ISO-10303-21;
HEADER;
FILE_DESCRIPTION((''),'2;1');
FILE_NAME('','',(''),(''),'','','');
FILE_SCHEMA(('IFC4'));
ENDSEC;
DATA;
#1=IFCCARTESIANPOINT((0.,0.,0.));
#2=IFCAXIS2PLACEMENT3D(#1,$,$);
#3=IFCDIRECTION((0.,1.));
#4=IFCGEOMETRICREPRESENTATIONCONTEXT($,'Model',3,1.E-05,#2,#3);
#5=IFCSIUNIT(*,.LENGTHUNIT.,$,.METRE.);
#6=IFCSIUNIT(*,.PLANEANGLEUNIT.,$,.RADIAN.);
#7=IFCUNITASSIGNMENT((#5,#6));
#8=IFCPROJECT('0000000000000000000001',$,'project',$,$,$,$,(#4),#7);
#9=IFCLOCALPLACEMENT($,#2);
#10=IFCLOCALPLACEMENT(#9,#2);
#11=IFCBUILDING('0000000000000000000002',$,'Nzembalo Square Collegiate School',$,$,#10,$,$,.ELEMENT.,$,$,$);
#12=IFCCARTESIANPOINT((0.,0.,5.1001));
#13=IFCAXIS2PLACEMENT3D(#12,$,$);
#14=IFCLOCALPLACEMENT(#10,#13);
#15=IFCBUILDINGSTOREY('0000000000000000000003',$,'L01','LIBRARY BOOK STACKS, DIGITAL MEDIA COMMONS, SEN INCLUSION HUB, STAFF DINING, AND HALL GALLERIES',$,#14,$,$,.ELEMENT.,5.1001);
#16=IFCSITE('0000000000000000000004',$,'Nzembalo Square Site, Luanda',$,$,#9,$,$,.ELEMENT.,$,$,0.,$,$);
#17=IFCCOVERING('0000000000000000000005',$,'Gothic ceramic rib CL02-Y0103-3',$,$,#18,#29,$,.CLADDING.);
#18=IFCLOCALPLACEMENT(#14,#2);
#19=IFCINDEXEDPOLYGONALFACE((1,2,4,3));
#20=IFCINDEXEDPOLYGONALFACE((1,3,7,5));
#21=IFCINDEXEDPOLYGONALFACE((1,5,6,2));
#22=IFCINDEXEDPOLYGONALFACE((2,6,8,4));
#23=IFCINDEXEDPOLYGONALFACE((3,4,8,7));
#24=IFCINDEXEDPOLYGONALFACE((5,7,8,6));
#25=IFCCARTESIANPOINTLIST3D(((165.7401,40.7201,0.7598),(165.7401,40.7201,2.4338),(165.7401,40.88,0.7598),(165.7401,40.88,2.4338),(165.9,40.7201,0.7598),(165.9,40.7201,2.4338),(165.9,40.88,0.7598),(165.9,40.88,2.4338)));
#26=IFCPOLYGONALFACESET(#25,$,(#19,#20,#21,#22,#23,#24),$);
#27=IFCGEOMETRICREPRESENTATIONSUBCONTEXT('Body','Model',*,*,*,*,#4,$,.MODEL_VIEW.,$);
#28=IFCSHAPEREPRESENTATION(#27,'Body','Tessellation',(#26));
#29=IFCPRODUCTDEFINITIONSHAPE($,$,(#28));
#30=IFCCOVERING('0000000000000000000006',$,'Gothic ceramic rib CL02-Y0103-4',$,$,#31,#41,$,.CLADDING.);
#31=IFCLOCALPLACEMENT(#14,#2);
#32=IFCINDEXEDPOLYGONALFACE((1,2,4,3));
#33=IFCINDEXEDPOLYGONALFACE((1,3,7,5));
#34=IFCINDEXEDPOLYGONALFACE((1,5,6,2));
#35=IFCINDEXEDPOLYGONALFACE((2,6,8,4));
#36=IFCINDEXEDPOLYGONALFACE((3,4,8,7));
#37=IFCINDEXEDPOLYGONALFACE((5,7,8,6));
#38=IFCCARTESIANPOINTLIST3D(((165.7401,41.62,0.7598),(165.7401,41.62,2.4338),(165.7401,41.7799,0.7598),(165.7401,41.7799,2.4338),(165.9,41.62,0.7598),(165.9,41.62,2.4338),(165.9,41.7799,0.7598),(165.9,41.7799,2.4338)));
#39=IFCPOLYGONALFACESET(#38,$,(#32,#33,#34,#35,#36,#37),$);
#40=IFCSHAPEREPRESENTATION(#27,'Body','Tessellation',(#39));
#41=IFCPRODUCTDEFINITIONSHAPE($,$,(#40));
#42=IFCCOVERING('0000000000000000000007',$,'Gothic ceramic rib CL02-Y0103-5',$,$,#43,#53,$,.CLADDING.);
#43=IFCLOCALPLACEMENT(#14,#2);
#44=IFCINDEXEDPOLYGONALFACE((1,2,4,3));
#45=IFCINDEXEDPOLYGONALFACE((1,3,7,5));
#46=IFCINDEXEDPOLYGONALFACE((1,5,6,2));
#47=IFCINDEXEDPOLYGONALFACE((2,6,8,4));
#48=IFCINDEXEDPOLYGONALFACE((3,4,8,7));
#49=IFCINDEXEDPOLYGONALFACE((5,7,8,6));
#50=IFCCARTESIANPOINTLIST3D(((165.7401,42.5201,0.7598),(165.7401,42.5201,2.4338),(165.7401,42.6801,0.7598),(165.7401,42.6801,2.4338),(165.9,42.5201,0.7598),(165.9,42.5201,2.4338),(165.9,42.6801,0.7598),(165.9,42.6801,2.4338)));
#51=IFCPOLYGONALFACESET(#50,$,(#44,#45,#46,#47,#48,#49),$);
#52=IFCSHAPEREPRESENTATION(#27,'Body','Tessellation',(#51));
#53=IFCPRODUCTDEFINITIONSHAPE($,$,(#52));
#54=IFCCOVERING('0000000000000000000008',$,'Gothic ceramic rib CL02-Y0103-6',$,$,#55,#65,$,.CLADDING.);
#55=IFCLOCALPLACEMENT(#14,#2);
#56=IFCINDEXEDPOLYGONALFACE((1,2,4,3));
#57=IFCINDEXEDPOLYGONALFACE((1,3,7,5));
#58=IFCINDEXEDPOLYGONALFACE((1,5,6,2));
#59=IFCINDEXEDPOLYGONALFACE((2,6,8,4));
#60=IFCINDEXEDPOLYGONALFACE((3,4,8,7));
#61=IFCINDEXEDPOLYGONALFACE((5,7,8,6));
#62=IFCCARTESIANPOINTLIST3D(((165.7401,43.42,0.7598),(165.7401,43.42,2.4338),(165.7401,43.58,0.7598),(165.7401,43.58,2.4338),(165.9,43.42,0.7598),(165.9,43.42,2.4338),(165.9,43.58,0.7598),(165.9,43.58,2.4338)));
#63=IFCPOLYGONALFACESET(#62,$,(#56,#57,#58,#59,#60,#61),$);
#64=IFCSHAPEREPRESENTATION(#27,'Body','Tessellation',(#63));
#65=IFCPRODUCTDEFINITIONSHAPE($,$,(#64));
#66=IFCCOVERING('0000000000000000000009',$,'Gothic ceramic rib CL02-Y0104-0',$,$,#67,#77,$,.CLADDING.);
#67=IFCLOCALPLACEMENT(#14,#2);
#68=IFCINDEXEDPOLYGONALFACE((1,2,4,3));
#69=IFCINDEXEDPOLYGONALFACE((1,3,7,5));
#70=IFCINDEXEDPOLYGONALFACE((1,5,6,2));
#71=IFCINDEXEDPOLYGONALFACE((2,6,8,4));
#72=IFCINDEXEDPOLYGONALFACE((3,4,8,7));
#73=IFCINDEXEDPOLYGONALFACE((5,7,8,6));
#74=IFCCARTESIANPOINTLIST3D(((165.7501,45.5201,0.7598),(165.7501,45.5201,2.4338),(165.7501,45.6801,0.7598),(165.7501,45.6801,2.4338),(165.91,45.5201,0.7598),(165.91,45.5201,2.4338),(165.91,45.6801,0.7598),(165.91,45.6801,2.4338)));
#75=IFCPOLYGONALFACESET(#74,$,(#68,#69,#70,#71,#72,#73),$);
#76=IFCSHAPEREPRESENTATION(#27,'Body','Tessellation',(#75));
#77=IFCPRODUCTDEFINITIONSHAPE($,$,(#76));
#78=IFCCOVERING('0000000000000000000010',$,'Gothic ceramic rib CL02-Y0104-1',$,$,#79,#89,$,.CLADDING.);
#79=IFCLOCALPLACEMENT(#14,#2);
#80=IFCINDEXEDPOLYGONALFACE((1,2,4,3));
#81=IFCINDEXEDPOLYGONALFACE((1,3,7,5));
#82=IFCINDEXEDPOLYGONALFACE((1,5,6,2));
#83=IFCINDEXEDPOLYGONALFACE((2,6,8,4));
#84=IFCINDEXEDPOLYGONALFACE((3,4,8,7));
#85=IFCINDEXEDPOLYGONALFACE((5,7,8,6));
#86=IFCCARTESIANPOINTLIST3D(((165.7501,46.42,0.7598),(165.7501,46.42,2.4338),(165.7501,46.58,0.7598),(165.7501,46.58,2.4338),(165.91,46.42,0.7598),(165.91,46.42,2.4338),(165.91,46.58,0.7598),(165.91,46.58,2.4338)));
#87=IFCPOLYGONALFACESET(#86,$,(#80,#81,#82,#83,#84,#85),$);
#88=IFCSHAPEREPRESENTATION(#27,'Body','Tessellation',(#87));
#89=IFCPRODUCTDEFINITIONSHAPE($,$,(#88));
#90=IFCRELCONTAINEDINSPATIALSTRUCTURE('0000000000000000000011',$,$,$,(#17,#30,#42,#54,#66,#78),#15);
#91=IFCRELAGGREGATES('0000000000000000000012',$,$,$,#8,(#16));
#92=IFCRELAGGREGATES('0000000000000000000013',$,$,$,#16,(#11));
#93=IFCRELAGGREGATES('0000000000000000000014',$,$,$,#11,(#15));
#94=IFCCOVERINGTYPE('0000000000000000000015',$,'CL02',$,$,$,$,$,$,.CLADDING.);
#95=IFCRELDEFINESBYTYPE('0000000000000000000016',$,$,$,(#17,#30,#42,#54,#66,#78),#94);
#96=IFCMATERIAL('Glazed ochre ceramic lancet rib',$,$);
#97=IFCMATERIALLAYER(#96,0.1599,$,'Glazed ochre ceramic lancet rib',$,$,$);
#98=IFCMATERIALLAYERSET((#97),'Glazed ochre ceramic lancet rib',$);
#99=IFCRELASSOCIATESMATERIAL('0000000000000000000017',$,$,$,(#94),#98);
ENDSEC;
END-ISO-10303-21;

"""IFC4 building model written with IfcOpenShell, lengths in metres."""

from ifc_helpers import new_model, si_unit, direction, frame, origin, origin_2d, place, context, subcontext, project, spatial, rectangle, extrude, material, layer, layer_set, type_object, element, save


model = new_model("IFC4")

# Units and contexts
model_context = context("Model", 3, precision=1e-05, world=origin(), true_north=direction((0.0, 1.0)))
body_context = subcontext(model_context, "Body", "Model", "MODEL_VIEW")
ifc_project = project(units=[si_unit("LENGTHUNIT", "METRE"), si_unit("PLANEANGLEUNIT", "RADIAN")], contexts=[model_context])

# Site, building, storey
site_placement = place(None, origin())
site = spatial("IfcSite", under=ifc_project, at=site_placement, Name="Nzembalo Square Site, Luanda", CompositionType="ELEMENT", RefElevation=0.0)
building_placement = place(site_placement, origin())
building = spatial("IfcBuilding", under=site, at=building_placement, Name="Nzembalo Square Collegiate School", CompositionType="ELEMENT")
storey_placement = place(building_placement, frame((0.0, 0.0, 5.1001)))
storey = spatial("IfcBuildingStorey", under=building, at=storey_placement, Name="L01", Description="LIBRARY BOOK STACKS, DIGITAL MEDIA COMMONS, SEN INCLUSION HUB, STAFF DINING, AND HALL GALLERIES", CompositionType="ELEMENT", Elevation=5.1001)

# Coverings
ifc_material_1 = material(Name="Glazed ochre ceramic lancet rib")
ifc_layer_1 = layer(ifc_material_1, 0.1599, Name="Glazed ochre ceramic lancet rib")
ifc_layer_set_1 = layer_set([ifc_layer_1], Name="Glazed ochre ceramic lancet rib")
covering_type_1 = type_object("IfcCoveringType", Name="CL02", PredefinedType="CLADDING", material=ifc_layer_set_1)
for number, where, z_axis, x_axis, name in (
    (1, (165.8201, 40.8, 0.7598), (0.0, 0.0, 1.0), (1.0, 0.0, 0.0), "Gothic ceramic rib CL02-Y0103-3"),
    (2, (165.8201, 41.7, 0.7598), (0.0, 0.0, 1.0), (1.0, 0.0, 0.0), "Gothic ceramic rib CL02-Y0103-4"),
    (3, (165.8201, 42.6001, 0.7598), (0.0, 0.0, 1.0), (1.0, 0.0, 0.0), "Gothic ceramic rib CL02-Y0103-5"),
    (4, (165.8201, 43.5, 0.7598), (0.0, 0.0, 1.0), (1.0, 0.0, 0.0), "Gothic ceramic rib CL02-Y0103-6"),
    (5, (165.8301, 45.6001, 0.7598), (0.0, 0.0, 1.0), (1.0, 0.0, 0.0), "Gothic ceramic rib CL02-Y0104-0"),
    (6, (165.8301, 46.5, 0.7598), (0.0, 0.0, 1.0), (1.0, 0.0, 0.0), "Gothic ceramic rib CL02-Y0104-1"),
):
    element("IfcCovering", number, at=place(storey_placement, frame(where, z_axis=z_axis, x_axis=x_axis)), inside=storey, type_object=covering_type_1, Name=name, PredefinedType="CLADDING", context=body_context, shape_type="SweptSolid", body=[
        extrude(rectangle(XDim=0.1599, YDim=0.1599, at=origin_2d()), origin(), (0.0, 0.0, 1.0), 1.6741),
    ])

save(model, "model.ifc")
